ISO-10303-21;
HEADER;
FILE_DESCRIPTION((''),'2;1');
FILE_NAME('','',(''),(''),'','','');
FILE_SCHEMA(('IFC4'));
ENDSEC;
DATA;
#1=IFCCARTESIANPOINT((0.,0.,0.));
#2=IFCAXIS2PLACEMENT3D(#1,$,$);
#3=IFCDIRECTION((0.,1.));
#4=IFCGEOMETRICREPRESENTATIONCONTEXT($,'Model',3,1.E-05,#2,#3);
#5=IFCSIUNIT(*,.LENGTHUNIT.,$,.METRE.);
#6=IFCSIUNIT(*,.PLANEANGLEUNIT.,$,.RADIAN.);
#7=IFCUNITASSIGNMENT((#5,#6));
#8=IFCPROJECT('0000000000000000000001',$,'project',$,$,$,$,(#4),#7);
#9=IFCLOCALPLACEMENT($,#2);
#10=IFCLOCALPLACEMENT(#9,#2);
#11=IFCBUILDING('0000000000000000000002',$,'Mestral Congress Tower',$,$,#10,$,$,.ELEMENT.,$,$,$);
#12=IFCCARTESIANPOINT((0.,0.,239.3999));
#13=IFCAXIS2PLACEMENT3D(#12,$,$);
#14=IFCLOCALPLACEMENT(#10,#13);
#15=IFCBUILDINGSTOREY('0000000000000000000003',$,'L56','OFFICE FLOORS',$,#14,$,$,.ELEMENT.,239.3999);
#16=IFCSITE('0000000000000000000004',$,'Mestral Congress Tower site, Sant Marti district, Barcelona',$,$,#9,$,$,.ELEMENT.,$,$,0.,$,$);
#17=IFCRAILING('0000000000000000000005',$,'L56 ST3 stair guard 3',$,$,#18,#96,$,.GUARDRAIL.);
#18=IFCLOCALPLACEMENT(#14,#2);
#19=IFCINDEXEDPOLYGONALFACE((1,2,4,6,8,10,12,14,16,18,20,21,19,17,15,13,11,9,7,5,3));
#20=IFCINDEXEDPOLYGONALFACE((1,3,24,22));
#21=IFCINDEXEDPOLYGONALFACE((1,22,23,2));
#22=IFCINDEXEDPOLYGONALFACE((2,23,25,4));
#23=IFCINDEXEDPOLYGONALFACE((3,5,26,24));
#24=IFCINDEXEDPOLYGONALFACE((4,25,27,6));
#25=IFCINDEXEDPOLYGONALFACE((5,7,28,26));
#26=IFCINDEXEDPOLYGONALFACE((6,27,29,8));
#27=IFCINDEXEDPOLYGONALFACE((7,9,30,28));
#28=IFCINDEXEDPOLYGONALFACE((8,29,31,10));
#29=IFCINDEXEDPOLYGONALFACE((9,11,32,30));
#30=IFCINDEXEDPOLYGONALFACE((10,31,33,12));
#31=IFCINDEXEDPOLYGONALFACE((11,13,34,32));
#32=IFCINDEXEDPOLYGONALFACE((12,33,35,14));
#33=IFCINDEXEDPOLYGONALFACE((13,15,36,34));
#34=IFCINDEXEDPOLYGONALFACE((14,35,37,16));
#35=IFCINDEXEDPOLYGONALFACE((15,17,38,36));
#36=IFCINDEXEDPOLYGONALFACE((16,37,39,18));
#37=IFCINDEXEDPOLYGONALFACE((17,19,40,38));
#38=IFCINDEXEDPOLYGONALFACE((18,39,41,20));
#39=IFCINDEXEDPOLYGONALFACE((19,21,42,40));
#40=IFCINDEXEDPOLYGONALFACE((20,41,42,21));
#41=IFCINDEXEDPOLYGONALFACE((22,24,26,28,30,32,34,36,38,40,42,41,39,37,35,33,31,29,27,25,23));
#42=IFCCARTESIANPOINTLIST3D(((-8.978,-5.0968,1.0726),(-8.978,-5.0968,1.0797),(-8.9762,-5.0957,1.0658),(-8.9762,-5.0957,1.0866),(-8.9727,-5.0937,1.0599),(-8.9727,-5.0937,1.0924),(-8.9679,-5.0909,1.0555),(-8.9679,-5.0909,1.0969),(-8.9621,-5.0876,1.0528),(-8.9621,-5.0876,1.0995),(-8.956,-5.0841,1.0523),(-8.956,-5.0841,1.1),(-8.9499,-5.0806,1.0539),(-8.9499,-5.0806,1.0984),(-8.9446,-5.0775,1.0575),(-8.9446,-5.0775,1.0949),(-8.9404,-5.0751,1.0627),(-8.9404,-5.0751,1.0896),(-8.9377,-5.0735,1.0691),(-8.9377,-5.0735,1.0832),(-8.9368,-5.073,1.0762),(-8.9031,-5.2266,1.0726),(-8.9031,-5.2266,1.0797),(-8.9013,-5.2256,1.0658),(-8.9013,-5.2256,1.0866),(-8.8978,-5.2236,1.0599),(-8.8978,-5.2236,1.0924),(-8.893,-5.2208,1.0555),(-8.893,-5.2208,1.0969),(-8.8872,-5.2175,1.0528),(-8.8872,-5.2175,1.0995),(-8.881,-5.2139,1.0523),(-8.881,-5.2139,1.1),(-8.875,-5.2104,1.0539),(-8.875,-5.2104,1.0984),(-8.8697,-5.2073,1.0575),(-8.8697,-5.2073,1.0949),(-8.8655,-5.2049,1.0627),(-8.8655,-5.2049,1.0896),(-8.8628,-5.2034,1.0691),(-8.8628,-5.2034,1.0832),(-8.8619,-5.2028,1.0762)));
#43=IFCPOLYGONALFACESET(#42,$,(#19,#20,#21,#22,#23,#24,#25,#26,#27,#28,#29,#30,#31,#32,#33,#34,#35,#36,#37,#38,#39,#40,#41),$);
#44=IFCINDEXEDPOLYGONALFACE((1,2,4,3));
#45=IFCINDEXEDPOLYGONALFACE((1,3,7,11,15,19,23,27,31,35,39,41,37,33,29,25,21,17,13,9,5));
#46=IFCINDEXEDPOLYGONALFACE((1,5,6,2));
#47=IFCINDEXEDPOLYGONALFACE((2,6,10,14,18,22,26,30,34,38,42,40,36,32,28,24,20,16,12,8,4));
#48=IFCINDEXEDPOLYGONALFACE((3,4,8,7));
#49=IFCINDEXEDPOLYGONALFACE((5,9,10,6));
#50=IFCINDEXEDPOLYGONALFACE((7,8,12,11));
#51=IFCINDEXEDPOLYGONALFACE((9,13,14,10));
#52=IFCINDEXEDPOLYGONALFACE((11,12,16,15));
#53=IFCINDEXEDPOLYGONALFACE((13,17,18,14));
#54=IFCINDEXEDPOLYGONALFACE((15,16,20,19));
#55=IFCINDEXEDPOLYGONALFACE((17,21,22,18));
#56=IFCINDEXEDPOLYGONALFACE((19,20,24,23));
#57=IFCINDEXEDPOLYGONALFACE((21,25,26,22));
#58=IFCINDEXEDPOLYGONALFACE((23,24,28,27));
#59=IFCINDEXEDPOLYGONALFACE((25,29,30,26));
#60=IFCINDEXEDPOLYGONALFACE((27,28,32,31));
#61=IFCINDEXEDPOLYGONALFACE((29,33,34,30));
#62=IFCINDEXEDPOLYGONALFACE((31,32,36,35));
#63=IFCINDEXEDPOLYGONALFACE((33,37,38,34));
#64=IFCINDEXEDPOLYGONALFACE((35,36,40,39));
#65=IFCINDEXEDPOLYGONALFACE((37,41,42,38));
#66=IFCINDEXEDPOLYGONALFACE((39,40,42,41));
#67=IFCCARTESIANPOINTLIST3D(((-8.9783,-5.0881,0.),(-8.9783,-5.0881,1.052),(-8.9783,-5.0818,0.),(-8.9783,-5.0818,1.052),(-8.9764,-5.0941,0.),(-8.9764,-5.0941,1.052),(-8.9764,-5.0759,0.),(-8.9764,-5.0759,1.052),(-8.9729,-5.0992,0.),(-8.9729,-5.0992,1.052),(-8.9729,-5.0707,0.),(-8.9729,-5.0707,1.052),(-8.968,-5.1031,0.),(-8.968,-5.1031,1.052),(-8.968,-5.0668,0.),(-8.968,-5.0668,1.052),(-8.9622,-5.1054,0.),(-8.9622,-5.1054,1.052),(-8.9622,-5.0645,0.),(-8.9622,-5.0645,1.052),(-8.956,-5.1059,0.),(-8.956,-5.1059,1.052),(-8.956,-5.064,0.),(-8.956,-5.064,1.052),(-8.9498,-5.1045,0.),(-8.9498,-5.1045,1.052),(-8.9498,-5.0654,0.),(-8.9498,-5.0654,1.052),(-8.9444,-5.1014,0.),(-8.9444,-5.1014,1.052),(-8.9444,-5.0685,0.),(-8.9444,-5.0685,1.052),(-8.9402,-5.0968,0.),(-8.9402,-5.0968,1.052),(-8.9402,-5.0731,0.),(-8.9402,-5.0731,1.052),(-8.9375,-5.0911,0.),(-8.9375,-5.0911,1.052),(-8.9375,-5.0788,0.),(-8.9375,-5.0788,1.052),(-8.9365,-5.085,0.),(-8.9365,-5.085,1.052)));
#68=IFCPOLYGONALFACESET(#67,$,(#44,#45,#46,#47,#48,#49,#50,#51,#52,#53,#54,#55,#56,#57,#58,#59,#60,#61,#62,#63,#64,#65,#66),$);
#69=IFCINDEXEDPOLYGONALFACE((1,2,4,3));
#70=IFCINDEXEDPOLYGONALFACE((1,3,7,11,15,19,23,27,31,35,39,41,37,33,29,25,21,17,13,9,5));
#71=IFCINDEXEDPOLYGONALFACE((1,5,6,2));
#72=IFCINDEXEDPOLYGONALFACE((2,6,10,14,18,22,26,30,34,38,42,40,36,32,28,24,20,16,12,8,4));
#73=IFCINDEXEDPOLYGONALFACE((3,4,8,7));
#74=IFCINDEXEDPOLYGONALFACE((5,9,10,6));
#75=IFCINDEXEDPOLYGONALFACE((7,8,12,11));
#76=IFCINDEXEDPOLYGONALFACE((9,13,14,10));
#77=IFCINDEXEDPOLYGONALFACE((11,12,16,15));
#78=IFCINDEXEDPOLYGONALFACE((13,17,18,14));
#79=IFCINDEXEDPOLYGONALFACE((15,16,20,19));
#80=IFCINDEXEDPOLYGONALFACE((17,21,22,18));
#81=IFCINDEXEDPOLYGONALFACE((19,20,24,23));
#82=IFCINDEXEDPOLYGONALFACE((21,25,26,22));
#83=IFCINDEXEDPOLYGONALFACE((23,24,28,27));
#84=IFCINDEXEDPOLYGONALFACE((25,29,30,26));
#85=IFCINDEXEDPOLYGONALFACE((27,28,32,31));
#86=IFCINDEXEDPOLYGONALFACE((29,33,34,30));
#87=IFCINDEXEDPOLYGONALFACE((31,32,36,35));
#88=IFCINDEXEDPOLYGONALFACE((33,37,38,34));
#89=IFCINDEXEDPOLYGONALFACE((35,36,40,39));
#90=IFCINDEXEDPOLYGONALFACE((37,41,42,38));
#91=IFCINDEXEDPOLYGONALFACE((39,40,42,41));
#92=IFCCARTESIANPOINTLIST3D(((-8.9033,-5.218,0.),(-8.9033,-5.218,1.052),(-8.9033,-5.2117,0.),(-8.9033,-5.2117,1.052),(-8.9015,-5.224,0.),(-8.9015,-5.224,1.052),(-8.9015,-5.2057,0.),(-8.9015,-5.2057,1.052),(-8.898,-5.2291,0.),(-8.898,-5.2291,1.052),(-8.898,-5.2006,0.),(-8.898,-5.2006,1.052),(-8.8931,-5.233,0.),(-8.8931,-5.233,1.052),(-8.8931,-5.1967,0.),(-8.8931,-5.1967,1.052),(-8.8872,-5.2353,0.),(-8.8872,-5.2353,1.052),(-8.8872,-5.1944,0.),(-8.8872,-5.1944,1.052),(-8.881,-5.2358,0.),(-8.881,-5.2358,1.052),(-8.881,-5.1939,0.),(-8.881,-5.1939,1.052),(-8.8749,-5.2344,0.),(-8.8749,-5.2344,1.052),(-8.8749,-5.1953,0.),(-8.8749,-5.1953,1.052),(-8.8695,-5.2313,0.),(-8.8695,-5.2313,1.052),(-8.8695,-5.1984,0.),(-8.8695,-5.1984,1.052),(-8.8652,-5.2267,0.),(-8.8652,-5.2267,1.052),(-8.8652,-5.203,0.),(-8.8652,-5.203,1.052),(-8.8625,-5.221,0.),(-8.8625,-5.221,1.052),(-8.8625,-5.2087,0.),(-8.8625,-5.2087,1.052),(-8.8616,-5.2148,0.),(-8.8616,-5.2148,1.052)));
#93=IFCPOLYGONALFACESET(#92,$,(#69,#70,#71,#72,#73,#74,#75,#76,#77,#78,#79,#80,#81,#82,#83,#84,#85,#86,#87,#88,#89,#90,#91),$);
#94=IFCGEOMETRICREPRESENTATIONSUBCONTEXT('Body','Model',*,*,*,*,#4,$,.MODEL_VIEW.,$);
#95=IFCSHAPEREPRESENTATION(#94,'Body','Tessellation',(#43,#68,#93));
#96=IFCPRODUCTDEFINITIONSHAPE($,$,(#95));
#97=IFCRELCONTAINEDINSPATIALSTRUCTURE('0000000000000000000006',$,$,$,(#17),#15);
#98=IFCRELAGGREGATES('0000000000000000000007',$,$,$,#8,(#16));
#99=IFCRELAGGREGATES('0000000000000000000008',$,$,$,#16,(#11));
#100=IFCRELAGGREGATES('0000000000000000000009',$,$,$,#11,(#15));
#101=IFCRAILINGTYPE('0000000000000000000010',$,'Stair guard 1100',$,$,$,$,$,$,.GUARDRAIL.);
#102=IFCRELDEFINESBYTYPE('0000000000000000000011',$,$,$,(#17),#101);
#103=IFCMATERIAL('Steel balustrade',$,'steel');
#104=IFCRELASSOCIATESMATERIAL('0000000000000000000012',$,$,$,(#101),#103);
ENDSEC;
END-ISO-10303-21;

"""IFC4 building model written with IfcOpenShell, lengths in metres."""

from ifc_helpers import new_model, si_unit, direction, frame, origin, origin_2d, place, context, subcontext, project, spatial, circle, extrude, material, type_object, element, save


model = new_model("IFC4")

# Units and contexts
model_context = context("Model", 3, precision=1e-05, world=origin(), true_north=direction((0.0, 1.0)))
body_context = subcontext(model_context, "Body", "Model", "MODEL_VIEW")
ifc_project = project(units=[si_unit("LENGTHUNIT", "METRE"), si_unit("PLANEANGLEUNIT", "RADIAN")], contexts=[model_context])

# Site, building, storey
site_placement = place(None, origin())
site = spatial("IfcSite", under=ifc_project, at=site_placement, Name="Mestral Congress Tower site, Sant Marti district, Barcelona", CompositionType="ELEMENT", RefElevation=0.0)
building_placement = place(site_placement, origin())
building = spatial("IfcBuilding", under=site, at=building_placement, Name="Mestral Congress Tower", CompositionType="ELEMENT")
storey_placement = place(building_placement, frame((0.0, 0.0, 239.3999)))
storey = spatial("IfcBuildingStorey", under=building, at=storey_placement, Name="L56", Description="OFFICE FLOORS", CompositionType="ELEMENT", Elevation=239.3999)

# Railing
ifc_material_1 = material(Name="Steel balustrade", Category="steel")
railing_type_1 = type_object("IfcRailingType", Name="Stair guard 1100", PredefinedType="GUARDRAIL", material=ifc_material_1)
railing_1_placement = place(storey_placement, frame((-8.9575, -5.085, 0.0)))
element("IfcRailing", 1, at=railing_1_placement, inside=storey, type_object=railing_type_1, Name="L56 ST3 stair guard 3", PredefinedType="GUARDRAIL", context=body_context, shape_type="SweptSolid", body=[
    extrude(circle(Radius=0.0239, at=origin_2d()), frame((0.0, 0.0, 1.0762), z_axis=(0.499816, -0.866131, 0.0), x_axis=(0.866131, 0.499816, 0.0)), (0.0, 0.0, 1.0), 0.1499),
    extrude(circle(Radius=0.021, at=origin_2d()), origin(), (0.0, 0.0, 1.0), 1.052),
    extrude(circle(Radius=0.021, at=origin_2d()), frame((0.075, -0.1299, 0.0)), (0.0, 0.0, 1.0), 1.052),
])

save(model, "model.ifc")
